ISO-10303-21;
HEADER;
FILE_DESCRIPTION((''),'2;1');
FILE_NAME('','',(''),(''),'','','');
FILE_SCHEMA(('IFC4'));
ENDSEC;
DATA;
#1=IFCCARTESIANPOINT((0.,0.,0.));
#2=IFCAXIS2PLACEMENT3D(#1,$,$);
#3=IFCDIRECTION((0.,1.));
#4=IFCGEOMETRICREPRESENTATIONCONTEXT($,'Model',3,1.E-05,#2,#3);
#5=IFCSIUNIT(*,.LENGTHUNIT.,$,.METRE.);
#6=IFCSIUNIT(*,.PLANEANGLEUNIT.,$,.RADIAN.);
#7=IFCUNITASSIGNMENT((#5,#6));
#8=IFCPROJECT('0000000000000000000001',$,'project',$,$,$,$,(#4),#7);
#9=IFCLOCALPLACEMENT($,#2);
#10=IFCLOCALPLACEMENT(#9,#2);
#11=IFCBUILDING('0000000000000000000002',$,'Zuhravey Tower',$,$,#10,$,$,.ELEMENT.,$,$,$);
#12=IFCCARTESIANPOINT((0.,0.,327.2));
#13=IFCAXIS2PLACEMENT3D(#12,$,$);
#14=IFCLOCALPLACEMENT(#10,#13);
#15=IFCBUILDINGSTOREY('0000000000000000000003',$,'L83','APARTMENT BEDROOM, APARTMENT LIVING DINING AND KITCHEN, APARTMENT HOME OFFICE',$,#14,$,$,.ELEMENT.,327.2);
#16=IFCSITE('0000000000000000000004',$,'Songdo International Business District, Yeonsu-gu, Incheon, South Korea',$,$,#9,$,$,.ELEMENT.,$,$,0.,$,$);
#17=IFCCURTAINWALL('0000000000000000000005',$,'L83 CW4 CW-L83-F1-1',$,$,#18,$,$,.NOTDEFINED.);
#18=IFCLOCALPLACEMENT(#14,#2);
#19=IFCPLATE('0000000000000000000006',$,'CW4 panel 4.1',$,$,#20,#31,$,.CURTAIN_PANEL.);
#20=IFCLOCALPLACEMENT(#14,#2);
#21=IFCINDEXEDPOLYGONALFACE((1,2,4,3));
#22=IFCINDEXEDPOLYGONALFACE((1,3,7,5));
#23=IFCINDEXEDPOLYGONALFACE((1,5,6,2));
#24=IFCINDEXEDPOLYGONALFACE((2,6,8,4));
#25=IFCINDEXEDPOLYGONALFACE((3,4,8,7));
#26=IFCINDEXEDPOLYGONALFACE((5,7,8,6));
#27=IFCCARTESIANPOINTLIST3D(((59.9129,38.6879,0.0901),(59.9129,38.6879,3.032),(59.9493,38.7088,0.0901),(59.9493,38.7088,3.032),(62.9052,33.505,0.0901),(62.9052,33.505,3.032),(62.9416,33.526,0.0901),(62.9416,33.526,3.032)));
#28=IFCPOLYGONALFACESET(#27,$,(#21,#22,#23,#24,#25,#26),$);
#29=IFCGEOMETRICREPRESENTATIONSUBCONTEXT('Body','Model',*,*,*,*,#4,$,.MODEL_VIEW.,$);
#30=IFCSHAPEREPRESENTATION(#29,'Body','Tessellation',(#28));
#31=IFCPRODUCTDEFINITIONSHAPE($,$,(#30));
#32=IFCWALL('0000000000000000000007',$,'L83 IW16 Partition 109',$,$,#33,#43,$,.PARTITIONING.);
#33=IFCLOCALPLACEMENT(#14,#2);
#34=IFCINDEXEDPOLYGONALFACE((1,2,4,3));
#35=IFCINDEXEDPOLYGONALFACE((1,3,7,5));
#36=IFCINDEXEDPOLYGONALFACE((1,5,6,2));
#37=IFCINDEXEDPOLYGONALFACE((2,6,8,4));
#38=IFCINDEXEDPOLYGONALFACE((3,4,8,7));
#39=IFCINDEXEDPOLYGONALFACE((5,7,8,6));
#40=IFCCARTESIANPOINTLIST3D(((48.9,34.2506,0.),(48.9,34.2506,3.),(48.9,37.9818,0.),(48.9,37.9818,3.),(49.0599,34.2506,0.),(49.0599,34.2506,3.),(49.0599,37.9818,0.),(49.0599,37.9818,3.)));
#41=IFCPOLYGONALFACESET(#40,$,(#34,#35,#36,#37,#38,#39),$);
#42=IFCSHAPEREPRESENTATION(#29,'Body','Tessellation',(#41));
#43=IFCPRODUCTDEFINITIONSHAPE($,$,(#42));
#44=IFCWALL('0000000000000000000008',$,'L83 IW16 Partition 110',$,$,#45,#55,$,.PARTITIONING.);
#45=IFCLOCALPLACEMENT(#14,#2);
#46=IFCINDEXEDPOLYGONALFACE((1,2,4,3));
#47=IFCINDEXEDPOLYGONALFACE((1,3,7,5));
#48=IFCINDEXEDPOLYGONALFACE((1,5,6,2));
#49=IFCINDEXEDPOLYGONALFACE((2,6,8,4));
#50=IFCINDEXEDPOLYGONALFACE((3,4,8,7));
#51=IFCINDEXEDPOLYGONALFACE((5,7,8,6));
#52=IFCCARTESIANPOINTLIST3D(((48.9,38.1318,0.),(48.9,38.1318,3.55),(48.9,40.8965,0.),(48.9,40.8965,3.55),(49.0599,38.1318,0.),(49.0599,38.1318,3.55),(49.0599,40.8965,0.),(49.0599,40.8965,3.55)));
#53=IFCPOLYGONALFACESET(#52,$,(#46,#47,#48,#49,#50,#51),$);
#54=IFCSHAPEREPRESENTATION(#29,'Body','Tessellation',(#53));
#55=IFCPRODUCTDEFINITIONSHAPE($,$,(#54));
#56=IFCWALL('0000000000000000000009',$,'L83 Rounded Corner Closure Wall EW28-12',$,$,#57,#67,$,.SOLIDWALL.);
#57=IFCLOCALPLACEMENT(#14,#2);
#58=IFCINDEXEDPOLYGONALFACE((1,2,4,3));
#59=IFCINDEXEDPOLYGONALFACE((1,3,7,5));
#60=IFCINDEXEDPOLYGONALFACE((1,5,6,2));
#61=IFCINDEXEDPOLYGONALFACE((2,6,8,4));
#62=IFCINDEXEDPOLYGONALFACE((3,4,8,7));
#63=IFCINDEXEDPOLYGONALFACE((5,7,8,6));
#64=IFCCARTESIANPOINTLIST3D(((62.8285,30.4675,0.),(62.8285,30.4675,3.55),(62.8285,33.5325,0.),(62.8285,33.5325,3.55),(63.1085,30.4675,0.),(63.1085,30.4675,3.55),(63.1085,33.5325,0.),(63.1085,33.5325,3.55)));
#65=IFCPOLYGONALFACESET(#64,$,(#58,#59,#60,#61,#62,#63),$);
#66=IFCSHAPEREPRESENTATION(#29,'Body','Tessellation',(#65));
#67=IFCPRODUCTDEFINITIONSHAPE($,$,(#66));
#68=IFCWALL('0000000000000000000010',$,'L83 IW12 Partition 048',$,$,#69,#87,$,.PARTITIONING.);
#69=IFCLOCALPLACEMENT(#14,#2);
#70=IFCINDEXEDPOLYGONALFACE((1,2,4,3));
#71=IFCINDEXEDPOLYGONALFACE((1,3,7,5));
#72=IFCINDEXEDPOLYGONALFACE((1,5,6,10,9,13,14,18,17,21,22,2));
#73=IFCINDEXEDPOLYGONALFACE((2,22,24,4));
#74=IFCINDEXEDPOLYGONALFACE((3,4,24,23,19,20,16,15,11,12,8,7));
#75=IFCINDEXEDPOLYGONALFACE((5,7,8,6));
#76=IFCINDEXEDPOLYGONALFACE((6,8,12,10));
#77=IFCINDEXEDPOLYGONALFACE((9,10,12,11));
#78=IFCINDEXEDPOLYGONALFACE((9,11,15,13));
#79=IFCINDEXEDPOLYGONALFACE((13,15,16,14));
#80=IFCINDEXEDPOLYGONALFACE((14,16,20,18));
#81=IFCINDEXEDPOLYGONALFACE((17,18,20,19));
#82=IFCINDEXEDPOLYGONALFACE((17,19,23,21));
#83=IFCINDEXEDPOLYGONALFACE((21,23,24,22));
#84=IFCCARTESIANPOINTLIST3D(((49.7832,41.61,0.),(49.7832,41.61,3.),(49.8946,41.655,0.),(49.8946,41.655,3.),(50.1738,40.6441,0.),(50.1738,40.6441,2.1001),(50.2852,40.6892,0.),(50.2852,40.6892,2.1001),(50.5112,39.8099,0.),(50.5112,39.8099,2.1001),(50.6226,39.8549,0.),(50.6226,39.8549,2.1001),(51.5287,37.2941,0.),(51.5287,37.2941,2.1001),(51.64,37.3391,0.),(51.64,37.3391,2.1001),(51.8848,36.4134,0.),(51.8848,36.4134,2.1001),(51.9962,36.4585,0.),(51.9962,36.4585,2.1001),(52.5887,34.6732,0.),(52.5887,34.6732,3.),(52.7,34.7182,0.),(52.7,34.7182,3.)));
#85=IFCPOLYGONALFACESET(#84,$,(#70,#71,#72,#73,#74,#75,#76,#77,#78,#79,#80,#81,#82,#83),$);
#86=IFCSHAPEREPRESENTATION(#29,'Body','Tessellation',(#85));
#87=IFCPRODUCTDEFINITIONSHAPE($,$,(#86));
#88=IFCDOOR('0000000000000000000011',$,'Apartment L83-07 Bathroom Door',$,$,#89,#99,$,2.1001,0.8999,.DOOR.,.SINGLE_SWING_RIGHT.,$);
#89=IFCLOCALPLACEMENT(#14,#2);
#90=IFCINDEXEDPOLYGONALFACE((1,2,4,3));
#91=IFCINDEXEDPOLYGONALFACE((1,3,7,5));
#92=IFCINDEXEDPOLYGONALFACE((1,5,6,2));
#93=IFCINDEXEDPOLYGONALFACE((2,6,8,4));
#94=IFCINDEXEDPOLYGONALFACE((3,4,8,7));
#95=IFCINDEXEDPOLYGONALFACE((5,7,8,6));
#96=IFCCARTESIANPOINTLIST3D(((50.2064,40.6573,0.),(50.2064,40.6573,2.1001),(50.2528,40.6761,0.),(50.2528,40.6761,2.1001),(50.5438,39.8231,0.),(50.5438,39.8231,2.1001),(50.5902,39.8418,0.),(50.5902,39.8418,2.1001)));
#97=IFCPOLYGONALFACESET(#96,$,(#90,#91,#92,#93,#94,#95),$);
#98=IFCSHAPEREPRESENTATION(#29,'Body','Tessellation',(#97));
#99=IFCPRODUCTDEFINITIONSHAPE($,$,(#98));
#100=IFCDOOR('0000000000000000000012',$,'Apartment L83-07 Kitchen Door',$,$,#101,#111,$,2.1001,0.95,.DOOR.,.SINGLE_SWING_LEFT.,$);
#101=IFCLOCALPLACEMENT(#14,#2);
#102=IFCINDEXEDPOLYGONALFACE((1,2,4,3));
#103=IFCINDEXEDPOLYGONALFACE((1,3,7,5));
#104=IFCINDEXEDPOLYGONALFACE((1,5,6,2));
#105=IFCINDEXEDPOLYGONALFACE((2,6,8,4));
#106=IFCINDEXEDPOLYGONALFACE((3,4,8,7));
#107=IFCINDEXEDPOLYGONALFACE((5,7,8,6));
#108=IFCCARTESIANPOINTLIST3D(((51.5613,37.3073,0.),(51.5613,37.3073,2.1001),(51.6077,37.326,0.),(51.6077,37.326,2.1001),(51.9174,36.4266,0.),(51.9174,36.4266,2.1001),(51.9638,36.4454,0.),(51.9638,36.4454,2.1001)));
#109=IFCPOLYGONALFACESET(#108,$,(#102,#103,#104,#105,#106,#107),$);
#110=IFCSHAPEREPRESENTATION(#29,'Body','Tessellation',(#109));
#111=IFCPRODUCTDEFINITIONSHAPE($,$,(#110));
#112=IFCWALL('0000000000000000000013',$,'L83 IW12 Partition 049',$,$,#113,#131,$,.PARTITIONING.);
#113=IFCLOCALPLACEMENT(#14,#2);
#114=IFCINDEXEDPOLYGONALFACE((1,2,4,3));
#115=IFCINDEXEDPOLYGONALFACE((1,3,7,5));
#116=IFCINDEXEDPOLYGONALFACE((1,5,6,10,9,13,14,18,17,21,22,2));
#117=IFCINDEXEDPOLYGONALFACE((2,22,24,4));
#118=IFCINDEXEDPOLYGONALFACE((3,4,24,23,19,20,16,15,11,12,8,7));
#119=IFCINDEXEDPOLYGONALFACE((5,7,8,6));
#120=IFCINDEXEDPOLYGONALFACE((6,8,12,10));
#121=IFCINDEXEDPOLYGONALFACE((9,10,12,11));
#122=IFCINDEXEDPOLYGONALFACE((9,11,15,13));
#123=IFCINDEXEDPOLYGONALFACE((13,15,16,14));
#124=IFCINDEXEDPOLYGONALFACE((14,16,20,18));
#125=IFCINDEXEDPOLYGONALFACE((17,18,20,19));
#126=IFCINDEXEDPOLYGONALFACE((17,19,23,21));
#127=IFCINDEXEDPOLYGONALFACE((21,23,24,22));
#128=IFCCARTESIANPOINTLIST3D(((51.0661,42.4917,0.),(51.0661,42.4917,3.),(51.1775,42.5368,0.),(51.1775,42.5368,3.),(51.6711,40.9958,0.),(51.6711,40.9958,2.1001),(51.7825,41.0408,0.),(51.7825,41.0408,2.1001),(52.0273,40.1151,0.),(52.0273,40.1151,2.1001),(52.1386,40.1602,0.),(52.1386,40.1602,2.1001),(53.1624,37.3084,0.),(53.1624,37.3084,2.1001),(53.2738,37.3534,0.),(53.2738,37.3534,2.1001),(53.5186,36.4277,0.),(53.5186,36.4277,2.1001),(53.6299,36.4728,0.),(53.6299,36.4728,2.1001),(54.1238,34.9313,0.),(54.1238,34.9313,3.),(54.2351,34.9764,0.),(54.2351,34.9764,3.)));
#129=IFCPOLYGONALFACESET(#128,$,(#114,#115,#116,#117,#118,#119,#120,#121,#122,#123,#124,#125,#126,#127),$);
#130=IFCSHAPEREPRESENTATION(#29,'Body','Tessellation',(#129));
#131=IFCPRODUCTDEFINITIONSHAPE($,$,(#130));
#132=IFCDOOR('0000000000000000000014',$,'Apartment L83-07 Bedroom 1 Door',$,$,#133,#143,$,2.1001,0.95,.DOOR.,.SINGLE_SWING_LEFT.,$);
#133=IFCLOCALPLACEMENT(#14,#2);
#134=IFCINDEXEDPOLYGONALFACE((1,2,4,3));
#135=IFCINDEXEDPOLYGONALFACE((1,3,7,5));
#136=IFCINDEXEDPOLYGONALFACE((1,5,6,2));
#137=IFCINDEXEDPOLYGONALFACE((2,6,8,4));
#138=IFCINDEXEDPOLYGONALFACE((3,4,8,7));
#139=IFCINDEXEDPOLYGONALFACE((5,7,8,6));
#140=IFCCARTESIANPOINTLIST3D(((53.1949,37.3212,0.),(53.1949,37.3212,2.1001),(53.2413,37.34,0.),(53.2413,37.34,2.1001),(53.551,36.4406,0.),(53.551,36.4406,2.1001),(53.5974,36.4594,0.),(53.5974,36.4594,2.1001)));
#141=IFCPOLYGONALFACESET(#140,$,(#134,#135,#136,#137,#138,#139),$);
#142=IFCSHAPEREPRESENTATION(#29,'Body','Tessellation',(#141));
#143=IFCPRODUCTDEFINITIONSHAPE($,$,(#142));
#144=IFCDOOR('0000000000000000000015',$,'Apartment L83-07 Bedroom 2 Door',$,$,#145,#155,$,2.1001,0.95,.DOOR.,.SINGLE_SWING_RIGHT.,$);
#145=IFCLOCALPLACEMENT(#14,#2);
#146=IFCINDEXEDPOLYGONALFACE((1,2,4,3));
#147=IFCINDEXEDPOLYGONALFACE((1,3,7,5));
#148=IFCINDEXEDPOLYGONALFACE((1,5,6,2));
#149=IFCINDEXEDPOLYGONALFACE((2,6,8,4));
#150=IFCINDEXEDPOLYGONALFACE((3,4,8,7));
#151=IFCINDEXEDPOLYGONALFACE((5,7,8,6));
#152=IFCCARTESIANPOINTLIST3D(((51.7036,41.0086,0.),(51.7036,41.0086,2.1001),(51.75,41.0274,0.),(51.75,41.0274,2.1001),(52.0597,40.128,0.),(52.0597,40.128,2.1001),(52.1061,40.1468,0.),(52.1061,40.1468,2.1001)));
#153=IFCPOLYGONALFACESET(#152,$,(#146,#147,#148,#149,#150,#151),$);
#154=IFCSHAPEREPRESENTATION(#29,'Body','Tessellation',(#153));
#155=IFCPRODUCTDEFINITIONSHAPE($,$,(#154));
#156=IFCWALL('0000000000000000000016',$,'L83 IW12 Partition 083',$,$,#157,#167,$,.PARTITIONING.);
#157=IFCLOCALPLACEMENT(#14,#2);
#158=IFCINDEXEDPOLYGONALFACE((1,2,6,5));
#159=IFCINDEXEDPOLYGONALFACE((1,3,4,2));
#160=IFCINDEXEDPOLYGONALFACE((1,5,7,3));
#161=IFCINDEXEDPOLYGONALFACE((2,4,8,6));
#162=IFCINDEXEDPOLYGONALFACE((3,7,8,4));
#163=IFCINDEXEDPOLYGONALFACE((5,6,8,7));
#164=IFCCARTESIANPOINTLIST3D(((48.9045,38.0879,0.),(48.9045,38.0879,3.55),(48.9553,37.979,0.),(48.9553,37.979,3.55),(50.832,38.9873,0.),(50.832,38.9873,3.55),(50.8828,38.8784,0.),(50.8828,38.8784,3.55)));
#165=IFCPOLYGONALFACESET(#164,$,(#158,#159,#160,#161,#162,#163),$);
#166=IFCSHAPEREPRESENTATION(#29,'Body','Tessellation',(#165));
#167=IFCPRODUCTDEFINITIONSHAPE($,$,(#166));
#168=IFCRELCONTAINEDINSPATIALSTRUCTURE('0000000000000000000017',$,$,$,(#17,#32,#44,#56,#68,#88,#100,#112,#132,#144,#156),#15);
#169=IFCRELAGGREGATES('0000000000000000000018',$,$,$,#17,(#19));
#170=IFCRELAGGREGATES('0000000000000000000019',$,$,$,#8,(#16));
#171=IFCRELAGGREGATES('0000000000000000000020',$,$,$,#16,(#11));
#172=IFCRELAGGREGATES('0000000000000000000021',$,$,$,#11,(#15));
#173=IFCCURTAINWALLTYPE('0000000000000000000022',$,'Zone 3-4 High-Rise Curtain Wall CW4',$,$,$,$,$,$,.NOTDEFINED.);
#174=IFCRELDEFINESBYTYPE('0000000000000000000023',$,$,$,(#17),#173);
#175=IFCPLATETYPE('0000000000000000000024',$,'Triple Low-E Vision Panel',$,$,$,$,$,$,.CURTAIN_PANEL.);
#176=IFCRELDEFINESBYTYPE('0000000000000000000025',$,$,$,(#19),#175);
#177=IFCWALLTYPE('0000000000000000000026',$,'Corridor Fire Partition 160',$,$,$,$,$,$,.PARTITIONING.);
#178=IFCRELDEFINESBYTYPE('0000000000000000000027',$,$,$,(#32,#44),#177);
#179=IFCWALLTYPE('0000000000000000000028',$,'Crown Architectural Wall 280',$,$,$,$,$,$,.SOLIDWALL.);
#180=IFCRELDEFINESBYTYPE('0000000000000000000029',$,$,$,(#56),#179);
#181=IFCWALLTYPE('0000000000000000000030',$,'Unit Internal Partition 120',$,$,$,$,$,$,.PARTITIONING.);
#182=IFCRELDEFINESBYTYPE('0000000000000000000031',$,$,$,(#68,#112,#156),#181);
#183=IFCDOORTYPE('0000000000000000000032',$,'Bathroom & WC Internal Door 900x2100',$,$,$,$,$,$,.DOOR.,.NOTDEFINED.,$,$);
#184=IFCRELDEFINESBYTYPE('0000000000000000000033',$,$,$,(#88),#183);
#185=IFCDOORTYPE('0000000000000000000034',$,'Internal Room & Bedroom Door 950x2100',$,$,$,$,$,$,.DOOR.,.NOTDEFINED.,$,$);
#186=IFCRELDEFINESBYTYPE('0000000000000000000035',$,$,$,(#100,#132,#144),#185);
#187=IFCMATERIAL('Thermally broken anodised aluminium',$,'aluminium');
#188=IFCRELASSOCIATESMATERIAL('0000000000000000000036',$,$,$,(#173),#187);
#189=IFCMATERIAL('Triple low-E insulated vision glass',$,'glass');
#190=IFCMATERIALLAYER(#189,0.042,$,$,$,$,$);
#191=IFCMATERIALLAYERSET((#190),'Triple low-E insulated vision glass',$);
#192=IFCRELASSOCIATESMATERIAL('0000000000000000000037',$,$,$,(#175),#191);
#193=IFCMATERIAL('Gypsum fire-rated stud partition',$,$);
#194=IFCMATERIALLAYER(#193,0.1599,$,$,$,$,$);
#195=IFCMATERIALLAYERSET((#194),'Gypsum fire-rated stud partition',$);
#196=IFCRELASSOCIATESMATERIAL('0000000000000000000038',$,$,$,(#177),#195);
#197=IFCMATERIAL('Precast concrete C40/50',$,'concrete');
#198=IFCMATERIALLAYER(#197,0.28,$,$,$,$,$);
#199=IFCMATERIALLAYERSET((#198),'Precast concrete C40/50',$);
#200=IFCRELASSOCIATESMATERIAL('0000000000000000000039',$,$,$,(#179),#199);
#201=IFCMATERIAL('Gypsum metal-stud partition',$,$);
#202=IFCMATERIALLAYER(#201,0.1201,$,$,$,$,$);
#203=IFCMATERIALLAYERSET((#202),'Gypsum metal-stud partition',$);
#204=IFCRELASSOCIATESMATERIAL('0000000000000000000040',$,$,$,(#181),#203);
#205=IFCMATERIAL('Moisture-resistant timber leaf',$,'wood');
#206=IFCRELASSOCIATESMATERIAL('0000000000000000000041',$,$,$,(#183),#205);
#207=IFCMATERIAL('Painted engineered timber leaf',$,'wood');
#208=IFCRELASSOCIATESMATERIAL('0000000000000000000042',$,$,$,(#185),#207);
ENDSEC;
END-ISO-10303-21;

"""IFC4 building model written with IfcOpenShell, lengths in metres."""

from ifc_helpers import new_model, si_unit, direction, frame, frame_2d, origin, origin_2d, place, context, subcontext, project, spatial, rectangle, extrude, material, layer, layer_set, type_object, element, fill, aggregate, save


model = new_model("IFC4")

# Units and contexts
model_context = context("Model", 3, precision=1e-05, world=origin(), true_north=direction((0.0, 1.0)))
body_context = subcontext(model_context, "Body", "Model", "MODEL_VIEW")
ifc_project = project(units=[si_unit("LENGTHUNIT", "METRE"), si_unit("PLANEANGLEUNIT", "RADIAN")], contexts=[model_context])

# Site, building, storey
site_placement = place(None, origin())
site = spatial("IfcSite", under=ifc_project, at=site_placement, Name="Songdo International Business District, Yeonsu-gu, Incheon, South Korea", CompositionType="ELEMENT", RefElevation=0.0)
building_placement = place(site_placement, origin())
building = spatial("IfcBuilding", under=site, at=building_placement, Name="Zuhravey Tower", CompositionType="ELEMENT")
storey_placement = place(building_placement, frame((0.0, 0.0, 327.2)))
storey = spatial("IfcBuildingStorey", under=building, at=storey_placement, Name="L83", Description="APARTMENT BEDROOM, APARTMENT LIVING DINING AND KITCHEN, APARTMENT HOME OFFICE", CompositionType="ELEMENT", Elevation=327.2)

# Curtain wall
ifc_material_1 = material(Name="Thermally broken anodised aluminium", Category="aluminium")
curtain_wall_type = type_object("IfcCurtainWallType", Name="Zone 3-4 High-Rise Curtain Wall CW4", PredefinedType="NOTDEFINED", material=ifc_material_1)
curtain_wall_placement = place(storey_placement, origin())
curtain_wall = element("IfcCurtainWall", 1, at=curtain_wall_placement, inside=storey, type_object=curtain_wall_type, Name="L83 CW4 CW-L83-F1-1", PredefinedType="NOTDEFINED")

# Plate
ifc_material_2 = material(Name="Triple low-E insulated vision glass", Category="glass")
ifc_layer_1 = layer(ifc_material_2, 0.042)
ifc_layer_set_1 = layer_set([ifc_layer_1], Name="Triple low-E insulated vision glass")
plate_type = type_object("IfcPlateType", Name="Triple Low-E Vision Panel", PredefinedType="CURTAIN_PANEL", material=ifc_layer_set_1)
plate_placement = place(storey_placement, frame((61.4272, 36.1069, 0.0901), z_axis=(0.0, 0.0, 1.0), x_axis=(0.5, -0.866026, 0.0)))
plate = element("IfcPlate", 2, at=plate_placement, type_object=plate_type, Name="CW4 panel 4.1", PredefinedType="CURTAIN_PANEL", context=body_context, shape_type="SweptSolid", body=[
    extrude(rectangle(XDim=5.9846, YDim=0.042, at=origin_2d()), origin(), (0.0, 0.0, 1.0), 2.9419),
])
aggregate(curtain_wall, [plate])

# Walls
ifc_material_3 = material(Name="Gypsum fire-rated stud partition")
ifc_layer_2 = layer(ifc_material_3, 0.1599)
ifc_layer_set_2 = layer_set([ifc_layer_2], Name="Gypsum fire-rated stud partition")
wall_type_1 = type_object("IfcWallType", Name="Corridor Fire Partition 160", PredefinedType="PARTITIONING", material=ifc_layer_set_2)
wall_1_placement = place(storey_placement, frame((48.98, 34.2505, 0.0), z_axis=(0.0, 0.0, 1.0), x_axis=(0.0, 1.0, 0.0)))
element("IfcWall", 3, at=wall_1_placement, inside=storey, type_object=wall_type_1, Name="L83 IW16 Partition 109", PredefinedType="PARTITIONING", context=body_context, shape_type="SweptSolid", body=[
    extrude(rectangle(XDim=3.7312, YDim=0.1599, at=frame_2d((1.8657, 0.0))), origin(), (0.0, 0.0, 1.0), 3.0),
])
wall_2_placement = place(storey_placement, frame((48.98, 38.1318, 0.0), z_axis=(0.0, 0.0, 1.0), x_axis=(0.0, 1.0, 0.0)))
element("IfcWall", 4, at=wall_2_placement, inside=storey, type_object=wall_type_1, Name="L83 IW16 Partition 110", PredefinedType="PARTITIONING", context=body_context, shape_type="SweptSolid", body=[
    extrude(rectangle(XDim=2.7646, YDim=0.1599, at=frame_2d((1.3823, 0.0))), origin(), (0.0, 0.0, 1.0), 3.55),
])
ifc_material_4 = material(Name="Precast concrete C40/50", Category="concrete")
ifc_layer_3 = layer(ifc_material_4, 0.28)
ifc_layer_set_3 = layer_set([ifc_layer_3], Name="Precast concrete C40/50")
wall_type_2 = type_object("IfcWallType", Name="Crown Architectural Wall 280", PredefinedType="SOLIDWALL", material=ifc_layer_set_3)
wall_3_placement = place(storey_placement, frame((62.9685, 33.5325, 0.0), z_axis=(0.0, 0.0, 1.0), x_axis=(0.0, -1.0, 0.0)))
element("IfcWall", 5, at=wall_3_placement, inside=storey, type_object=wall_type_2, Name="L83 Rounded Corner Closure Wall EW28-12", PredefinedType="SOLIDWALL", context=body_context, shape_type="SweptSolid", body=[
    extrude(rectangle(XDim=3.0649, YDim=0.28, at=frame_2d((1.5325, 0.0))), origin(), (0.0, 0.0, 1.0), 3.55),
])

# Walls, openings, doors
ifc_material_5 = material(Name="Gypsum metal-stud partition")
ifc_layer_4 = layer(ifc_material_5, 0.1201)
ifc_layer_set_4 = layer_set([ifc_layer_4], Name="Gypsum metal-stud partition")
wall_type_3 = type_object("IfcWallType", Name="Unit Internal Partition 120", PredefinedType="PARTITIONING", material=ifc_layer_set_4)
wall_4_placement = place(storey_placement, frame((52.6443, 34.6958, 0.0), z_axis=(0.0, 0.0, 1.0), x_axis=(-0.374926, 0.927055, 0.0)))
wall_4 = element("IfcWall", 6, at=wall_4_placement, inside=storey, type_object=wall_type_3, Name="L83 IW12 Partition 048", PredefinedType="PARTITIONING", context=body_context, shape_type="SweptSolid", body=[
    extrude(rectangle(XDim=7.4827, YDim=0.1201, at=frame_2d((3.7412, 0.0))), origin(), (0.0, 0.0, 1.0), 3.0),
])
opening_1_placement = place(wall_4_placement, frame((1.877, 0.0, 0.0)))
opening_1 = element("IfcOpeningElement", 7, at=opening_1_placement, cuts=wall_4, PredefinedType="OPENING", context=body_context, shape_type="SweptSolid", body=[
    extrude(rectangle(XDim=0.95, YDim=2.1001, at=frame_2d((0.4751, 1.05))), frame((0.0, 0.072, 0.0), z_axis=(0.0, -1.0, 0.0), x_axis=(1.0, 0.0, 0.0)), (0.0, 0.0, 1.0), 0.144),
])
opening_2_placement = place(wall_4_placement, frame((5.5408, 0.0, 0.0)))
opening_2 = element("IfcOpeningElement", 8, at=opening_2_placement, cuts=wall_4, PredefinedType="OPENING", context=body_context, shape_type="SweptSolid", body=[
    extrude(rectangle(XDim=0.8999, YDim=2.1001, at=frame_2d((0.45, 1.05))), frame((0.0, 0.072, 0.0), z_axis=(0.0, -1.0, 0.0), x_axis=(1.0, 0.0, 0.0)), (0.0, 0.0, 1.0), 0.144),
])
ifc_material_6 = material(Name="Moisture-resistant timber leaf", Category="wood")
door_type_1 = type_object("IfcDoorType", Name="Bathroom & WC Internal Door 900x2100", OperationType="NOTDEFINED", PredefinedType="DOOR", material=ifc_material_6)
door_1_placement = place(opening_2_placement, origin())
door_1 = element("IfcDoor", 9, at=door_1_placement, inside=storey, type_object=door_type_1, Name="Apartment L83-07 Bathroom Door", OperationType="SINGLE_SWING_RIGHT", OverallHeight=2.1001, OverallWidth=0.8999, PredefinedType="DOOR", context=body_context, shape_type="SweptSolid", body=[
    extrude(rectangle(XDim=0.8999, YDim=2.1001, at=frame_2d((0.45, 1.05))), frame((0.0, 0.0249, 0.0), z_axis=(0.0, -1.0, 0.0), x_axis=(1.0, 0.0, 0.0)), (0.0, 0.0, 1.0), 0.05),
])
fill(opening_2, door_1)
ifc_material_7 = material(Name="Painted engineered timber leaf", Category="wood")
door_type_2 = type_object("IfcDoorType", Name="Internal Room & Bedroom Door 950x2100", OperationType="NOTDEFINED", PredefinedType="DOOR", material=ifc_material_7)
door_2_placement = place(opening_1_placement, origin())
door_2 = element("IfcDoor", 10, at=door_2_placement, inside=storey, type_object=door_type_2, Name="Apartment L83-07 Kitchen Door", OperationType="SINGLE_SWING_LEFT", OverallHeight=2.1001, OverallWidth=0.95, PredefinedType="DOOR", context=body_context, shape_type="SweptSolid", body=[
    extrude(rectangle(XDim=0.95, YDim=2.1001, at=frame_2d((0.4751, 1.05))), frame((0.0, 0.0249, 0.0), z_axis=(0.0, -1.0, 0.0), x_axis=(1.0, 0.0, 0.0)), (0.0, 0.0, 1.0), 0.05),
])
fill(opening_1, door_2)
wall_5_placement = place(storey_placement, frame((54.1794, 34.9539, 0.0), z_axis=(0.0, 0.0, 1.0), x_axis=(-0.374929, 0.927054, 0.0)))
wall_5 = element("IfcWall", 11, at=wall_5_placement, inside=storey, type_object=wall_type_3, Name="L83 IW12 Partition 049", PredefinedType="PARTITIONING", context=body_context, shape_type="SweptSolid", body=[
    extrude(rectangle(XDim=8.1553, YDim=0.1201, at=frame_2d((4.0776, 0.0))), origin(), (0.0, 0.0, 1.0), 3.0),
])
opening_3_placement = place(wall_5_placement, frame((1.614, 0.0, 0.0)))
opening_3 = element("IfcOpeningElement", 12, at=opening_3_placement, cuts=wall_5, PredefinedType="OPENING", context=body_context, shape_type="SweptSolid", body=[
    extrude(rectangle(XDim=0.95, YDim=2.1001, at=frame_2d((0.4751, 1.05))), frame((0.0, 0.072, 0.0), z_axis=(0.0, -1.0, 0.0), x_axis=(1.0, 0.0, 0.0)), (0.0, 0.0, 1.0), 0.144),
])
opening_4_placement = place(wall_5_placement, frame((5.5916, 0.0, 0.0)))
opening_4 = element("IfcOpeningElement", 13, at=opening_4_placement, cuts=wall_5, PredefinedType="OPENING", context=body_context, shape_type="SweptSolid", body=[
    extrude(rectangle(XDim=0.95, YDim=2.1001, at=frame_2d((0.4751, 1.05))), frame((0.0, 0.072, 0.0), z_axis=(0.0, -1.0, 0.0), x_axis=(1.0, 0.0, 0.0)), (0.0, 0.0, 1.0), 0.144),
])
door_3_placement = place(opening_3_placement, frame((0.95, 0.0, 0.0), z_axis=(0.0, 0.0, 1.0), x_axis=(-1.0, 0.0, 0.0)))
door_3 = element("IfcDoor", 14, at=door_3_placement, inside=storey, type_object=door_type_2, Name="Apartment L83-07 Bedroom 1 Door", OperationType="SINGLE_SWING_LEFT", OverallHeight=2.1001, OverallWidth=0.95, PredefinedType="DOOR", context=body_context, shape_type="SweptSolid", body=[
    extrude(rectangle(XDim=0.95, YDim=2.1001, at=frame_2d((0.4751, 1.05))), frame((0.0, 0.0249, 0.0), z_axis=(0.0, -1.0, 0.0), x_axis=(1.0, 0.0, 0.0)), (0.0, 0.0, 1.0), 0.05),
])
fill(opening_3, door_3)
door_4_placement = place(opening_4_placement, frame((0.95, 0.0, 0.0), z_axis=(0.0, 0.0, 1.0), x_axis=(-1.0, 0.0, 0.0)))
door_4 = element("IfcDoor", 15, at=door_4_placement, inside=storey, type_object=door_type_2, Name="Apartment L83-07 Bedroom 2 Door", OperationType="SINGLE_SWING_RIGHT", OverallHeight=2.1001, OverallWidth=0.95, PredefinedType="DOOR", context=body_context, shape_type="SweptSolid", body=[
    extrude(rectangle(XDim=0.95, YDim=2.1001, at=frame_2d((0.4751, 1.05))), frame((0.0, 0.0249, 0.0), z_axis=(0.0, -1.0, 0.0), x_axis=(1.0, 0.0, 0.0)), (0.0, 0.0, 1.0), 0.05),
])
fill(opening_4, door_4)

# Wall
wall_6_placement = place(storey_placement, frame((48.9299, 38.0334, 0.0), z_axis=(0.0, 0.0, 1.0), x_axis=(0.906198, 0.422854, 0.0)))
element("IfcWall", 16, at=wall_6_placement, inside=storey, type_object=wall_type_3, Name="L83 IW12 Partition 083", PredefinedType="PARTITIONING", context=body_context, shape_type="SweptSolid", body=[
    extrude(rectangle(XDim=2.127, YDim=0.1201, at=frame_2d((1.0635, 0.0))), origin(), (0.0, 0.0, 1.0), 3.55),
])

save(model, "model.ifc")
